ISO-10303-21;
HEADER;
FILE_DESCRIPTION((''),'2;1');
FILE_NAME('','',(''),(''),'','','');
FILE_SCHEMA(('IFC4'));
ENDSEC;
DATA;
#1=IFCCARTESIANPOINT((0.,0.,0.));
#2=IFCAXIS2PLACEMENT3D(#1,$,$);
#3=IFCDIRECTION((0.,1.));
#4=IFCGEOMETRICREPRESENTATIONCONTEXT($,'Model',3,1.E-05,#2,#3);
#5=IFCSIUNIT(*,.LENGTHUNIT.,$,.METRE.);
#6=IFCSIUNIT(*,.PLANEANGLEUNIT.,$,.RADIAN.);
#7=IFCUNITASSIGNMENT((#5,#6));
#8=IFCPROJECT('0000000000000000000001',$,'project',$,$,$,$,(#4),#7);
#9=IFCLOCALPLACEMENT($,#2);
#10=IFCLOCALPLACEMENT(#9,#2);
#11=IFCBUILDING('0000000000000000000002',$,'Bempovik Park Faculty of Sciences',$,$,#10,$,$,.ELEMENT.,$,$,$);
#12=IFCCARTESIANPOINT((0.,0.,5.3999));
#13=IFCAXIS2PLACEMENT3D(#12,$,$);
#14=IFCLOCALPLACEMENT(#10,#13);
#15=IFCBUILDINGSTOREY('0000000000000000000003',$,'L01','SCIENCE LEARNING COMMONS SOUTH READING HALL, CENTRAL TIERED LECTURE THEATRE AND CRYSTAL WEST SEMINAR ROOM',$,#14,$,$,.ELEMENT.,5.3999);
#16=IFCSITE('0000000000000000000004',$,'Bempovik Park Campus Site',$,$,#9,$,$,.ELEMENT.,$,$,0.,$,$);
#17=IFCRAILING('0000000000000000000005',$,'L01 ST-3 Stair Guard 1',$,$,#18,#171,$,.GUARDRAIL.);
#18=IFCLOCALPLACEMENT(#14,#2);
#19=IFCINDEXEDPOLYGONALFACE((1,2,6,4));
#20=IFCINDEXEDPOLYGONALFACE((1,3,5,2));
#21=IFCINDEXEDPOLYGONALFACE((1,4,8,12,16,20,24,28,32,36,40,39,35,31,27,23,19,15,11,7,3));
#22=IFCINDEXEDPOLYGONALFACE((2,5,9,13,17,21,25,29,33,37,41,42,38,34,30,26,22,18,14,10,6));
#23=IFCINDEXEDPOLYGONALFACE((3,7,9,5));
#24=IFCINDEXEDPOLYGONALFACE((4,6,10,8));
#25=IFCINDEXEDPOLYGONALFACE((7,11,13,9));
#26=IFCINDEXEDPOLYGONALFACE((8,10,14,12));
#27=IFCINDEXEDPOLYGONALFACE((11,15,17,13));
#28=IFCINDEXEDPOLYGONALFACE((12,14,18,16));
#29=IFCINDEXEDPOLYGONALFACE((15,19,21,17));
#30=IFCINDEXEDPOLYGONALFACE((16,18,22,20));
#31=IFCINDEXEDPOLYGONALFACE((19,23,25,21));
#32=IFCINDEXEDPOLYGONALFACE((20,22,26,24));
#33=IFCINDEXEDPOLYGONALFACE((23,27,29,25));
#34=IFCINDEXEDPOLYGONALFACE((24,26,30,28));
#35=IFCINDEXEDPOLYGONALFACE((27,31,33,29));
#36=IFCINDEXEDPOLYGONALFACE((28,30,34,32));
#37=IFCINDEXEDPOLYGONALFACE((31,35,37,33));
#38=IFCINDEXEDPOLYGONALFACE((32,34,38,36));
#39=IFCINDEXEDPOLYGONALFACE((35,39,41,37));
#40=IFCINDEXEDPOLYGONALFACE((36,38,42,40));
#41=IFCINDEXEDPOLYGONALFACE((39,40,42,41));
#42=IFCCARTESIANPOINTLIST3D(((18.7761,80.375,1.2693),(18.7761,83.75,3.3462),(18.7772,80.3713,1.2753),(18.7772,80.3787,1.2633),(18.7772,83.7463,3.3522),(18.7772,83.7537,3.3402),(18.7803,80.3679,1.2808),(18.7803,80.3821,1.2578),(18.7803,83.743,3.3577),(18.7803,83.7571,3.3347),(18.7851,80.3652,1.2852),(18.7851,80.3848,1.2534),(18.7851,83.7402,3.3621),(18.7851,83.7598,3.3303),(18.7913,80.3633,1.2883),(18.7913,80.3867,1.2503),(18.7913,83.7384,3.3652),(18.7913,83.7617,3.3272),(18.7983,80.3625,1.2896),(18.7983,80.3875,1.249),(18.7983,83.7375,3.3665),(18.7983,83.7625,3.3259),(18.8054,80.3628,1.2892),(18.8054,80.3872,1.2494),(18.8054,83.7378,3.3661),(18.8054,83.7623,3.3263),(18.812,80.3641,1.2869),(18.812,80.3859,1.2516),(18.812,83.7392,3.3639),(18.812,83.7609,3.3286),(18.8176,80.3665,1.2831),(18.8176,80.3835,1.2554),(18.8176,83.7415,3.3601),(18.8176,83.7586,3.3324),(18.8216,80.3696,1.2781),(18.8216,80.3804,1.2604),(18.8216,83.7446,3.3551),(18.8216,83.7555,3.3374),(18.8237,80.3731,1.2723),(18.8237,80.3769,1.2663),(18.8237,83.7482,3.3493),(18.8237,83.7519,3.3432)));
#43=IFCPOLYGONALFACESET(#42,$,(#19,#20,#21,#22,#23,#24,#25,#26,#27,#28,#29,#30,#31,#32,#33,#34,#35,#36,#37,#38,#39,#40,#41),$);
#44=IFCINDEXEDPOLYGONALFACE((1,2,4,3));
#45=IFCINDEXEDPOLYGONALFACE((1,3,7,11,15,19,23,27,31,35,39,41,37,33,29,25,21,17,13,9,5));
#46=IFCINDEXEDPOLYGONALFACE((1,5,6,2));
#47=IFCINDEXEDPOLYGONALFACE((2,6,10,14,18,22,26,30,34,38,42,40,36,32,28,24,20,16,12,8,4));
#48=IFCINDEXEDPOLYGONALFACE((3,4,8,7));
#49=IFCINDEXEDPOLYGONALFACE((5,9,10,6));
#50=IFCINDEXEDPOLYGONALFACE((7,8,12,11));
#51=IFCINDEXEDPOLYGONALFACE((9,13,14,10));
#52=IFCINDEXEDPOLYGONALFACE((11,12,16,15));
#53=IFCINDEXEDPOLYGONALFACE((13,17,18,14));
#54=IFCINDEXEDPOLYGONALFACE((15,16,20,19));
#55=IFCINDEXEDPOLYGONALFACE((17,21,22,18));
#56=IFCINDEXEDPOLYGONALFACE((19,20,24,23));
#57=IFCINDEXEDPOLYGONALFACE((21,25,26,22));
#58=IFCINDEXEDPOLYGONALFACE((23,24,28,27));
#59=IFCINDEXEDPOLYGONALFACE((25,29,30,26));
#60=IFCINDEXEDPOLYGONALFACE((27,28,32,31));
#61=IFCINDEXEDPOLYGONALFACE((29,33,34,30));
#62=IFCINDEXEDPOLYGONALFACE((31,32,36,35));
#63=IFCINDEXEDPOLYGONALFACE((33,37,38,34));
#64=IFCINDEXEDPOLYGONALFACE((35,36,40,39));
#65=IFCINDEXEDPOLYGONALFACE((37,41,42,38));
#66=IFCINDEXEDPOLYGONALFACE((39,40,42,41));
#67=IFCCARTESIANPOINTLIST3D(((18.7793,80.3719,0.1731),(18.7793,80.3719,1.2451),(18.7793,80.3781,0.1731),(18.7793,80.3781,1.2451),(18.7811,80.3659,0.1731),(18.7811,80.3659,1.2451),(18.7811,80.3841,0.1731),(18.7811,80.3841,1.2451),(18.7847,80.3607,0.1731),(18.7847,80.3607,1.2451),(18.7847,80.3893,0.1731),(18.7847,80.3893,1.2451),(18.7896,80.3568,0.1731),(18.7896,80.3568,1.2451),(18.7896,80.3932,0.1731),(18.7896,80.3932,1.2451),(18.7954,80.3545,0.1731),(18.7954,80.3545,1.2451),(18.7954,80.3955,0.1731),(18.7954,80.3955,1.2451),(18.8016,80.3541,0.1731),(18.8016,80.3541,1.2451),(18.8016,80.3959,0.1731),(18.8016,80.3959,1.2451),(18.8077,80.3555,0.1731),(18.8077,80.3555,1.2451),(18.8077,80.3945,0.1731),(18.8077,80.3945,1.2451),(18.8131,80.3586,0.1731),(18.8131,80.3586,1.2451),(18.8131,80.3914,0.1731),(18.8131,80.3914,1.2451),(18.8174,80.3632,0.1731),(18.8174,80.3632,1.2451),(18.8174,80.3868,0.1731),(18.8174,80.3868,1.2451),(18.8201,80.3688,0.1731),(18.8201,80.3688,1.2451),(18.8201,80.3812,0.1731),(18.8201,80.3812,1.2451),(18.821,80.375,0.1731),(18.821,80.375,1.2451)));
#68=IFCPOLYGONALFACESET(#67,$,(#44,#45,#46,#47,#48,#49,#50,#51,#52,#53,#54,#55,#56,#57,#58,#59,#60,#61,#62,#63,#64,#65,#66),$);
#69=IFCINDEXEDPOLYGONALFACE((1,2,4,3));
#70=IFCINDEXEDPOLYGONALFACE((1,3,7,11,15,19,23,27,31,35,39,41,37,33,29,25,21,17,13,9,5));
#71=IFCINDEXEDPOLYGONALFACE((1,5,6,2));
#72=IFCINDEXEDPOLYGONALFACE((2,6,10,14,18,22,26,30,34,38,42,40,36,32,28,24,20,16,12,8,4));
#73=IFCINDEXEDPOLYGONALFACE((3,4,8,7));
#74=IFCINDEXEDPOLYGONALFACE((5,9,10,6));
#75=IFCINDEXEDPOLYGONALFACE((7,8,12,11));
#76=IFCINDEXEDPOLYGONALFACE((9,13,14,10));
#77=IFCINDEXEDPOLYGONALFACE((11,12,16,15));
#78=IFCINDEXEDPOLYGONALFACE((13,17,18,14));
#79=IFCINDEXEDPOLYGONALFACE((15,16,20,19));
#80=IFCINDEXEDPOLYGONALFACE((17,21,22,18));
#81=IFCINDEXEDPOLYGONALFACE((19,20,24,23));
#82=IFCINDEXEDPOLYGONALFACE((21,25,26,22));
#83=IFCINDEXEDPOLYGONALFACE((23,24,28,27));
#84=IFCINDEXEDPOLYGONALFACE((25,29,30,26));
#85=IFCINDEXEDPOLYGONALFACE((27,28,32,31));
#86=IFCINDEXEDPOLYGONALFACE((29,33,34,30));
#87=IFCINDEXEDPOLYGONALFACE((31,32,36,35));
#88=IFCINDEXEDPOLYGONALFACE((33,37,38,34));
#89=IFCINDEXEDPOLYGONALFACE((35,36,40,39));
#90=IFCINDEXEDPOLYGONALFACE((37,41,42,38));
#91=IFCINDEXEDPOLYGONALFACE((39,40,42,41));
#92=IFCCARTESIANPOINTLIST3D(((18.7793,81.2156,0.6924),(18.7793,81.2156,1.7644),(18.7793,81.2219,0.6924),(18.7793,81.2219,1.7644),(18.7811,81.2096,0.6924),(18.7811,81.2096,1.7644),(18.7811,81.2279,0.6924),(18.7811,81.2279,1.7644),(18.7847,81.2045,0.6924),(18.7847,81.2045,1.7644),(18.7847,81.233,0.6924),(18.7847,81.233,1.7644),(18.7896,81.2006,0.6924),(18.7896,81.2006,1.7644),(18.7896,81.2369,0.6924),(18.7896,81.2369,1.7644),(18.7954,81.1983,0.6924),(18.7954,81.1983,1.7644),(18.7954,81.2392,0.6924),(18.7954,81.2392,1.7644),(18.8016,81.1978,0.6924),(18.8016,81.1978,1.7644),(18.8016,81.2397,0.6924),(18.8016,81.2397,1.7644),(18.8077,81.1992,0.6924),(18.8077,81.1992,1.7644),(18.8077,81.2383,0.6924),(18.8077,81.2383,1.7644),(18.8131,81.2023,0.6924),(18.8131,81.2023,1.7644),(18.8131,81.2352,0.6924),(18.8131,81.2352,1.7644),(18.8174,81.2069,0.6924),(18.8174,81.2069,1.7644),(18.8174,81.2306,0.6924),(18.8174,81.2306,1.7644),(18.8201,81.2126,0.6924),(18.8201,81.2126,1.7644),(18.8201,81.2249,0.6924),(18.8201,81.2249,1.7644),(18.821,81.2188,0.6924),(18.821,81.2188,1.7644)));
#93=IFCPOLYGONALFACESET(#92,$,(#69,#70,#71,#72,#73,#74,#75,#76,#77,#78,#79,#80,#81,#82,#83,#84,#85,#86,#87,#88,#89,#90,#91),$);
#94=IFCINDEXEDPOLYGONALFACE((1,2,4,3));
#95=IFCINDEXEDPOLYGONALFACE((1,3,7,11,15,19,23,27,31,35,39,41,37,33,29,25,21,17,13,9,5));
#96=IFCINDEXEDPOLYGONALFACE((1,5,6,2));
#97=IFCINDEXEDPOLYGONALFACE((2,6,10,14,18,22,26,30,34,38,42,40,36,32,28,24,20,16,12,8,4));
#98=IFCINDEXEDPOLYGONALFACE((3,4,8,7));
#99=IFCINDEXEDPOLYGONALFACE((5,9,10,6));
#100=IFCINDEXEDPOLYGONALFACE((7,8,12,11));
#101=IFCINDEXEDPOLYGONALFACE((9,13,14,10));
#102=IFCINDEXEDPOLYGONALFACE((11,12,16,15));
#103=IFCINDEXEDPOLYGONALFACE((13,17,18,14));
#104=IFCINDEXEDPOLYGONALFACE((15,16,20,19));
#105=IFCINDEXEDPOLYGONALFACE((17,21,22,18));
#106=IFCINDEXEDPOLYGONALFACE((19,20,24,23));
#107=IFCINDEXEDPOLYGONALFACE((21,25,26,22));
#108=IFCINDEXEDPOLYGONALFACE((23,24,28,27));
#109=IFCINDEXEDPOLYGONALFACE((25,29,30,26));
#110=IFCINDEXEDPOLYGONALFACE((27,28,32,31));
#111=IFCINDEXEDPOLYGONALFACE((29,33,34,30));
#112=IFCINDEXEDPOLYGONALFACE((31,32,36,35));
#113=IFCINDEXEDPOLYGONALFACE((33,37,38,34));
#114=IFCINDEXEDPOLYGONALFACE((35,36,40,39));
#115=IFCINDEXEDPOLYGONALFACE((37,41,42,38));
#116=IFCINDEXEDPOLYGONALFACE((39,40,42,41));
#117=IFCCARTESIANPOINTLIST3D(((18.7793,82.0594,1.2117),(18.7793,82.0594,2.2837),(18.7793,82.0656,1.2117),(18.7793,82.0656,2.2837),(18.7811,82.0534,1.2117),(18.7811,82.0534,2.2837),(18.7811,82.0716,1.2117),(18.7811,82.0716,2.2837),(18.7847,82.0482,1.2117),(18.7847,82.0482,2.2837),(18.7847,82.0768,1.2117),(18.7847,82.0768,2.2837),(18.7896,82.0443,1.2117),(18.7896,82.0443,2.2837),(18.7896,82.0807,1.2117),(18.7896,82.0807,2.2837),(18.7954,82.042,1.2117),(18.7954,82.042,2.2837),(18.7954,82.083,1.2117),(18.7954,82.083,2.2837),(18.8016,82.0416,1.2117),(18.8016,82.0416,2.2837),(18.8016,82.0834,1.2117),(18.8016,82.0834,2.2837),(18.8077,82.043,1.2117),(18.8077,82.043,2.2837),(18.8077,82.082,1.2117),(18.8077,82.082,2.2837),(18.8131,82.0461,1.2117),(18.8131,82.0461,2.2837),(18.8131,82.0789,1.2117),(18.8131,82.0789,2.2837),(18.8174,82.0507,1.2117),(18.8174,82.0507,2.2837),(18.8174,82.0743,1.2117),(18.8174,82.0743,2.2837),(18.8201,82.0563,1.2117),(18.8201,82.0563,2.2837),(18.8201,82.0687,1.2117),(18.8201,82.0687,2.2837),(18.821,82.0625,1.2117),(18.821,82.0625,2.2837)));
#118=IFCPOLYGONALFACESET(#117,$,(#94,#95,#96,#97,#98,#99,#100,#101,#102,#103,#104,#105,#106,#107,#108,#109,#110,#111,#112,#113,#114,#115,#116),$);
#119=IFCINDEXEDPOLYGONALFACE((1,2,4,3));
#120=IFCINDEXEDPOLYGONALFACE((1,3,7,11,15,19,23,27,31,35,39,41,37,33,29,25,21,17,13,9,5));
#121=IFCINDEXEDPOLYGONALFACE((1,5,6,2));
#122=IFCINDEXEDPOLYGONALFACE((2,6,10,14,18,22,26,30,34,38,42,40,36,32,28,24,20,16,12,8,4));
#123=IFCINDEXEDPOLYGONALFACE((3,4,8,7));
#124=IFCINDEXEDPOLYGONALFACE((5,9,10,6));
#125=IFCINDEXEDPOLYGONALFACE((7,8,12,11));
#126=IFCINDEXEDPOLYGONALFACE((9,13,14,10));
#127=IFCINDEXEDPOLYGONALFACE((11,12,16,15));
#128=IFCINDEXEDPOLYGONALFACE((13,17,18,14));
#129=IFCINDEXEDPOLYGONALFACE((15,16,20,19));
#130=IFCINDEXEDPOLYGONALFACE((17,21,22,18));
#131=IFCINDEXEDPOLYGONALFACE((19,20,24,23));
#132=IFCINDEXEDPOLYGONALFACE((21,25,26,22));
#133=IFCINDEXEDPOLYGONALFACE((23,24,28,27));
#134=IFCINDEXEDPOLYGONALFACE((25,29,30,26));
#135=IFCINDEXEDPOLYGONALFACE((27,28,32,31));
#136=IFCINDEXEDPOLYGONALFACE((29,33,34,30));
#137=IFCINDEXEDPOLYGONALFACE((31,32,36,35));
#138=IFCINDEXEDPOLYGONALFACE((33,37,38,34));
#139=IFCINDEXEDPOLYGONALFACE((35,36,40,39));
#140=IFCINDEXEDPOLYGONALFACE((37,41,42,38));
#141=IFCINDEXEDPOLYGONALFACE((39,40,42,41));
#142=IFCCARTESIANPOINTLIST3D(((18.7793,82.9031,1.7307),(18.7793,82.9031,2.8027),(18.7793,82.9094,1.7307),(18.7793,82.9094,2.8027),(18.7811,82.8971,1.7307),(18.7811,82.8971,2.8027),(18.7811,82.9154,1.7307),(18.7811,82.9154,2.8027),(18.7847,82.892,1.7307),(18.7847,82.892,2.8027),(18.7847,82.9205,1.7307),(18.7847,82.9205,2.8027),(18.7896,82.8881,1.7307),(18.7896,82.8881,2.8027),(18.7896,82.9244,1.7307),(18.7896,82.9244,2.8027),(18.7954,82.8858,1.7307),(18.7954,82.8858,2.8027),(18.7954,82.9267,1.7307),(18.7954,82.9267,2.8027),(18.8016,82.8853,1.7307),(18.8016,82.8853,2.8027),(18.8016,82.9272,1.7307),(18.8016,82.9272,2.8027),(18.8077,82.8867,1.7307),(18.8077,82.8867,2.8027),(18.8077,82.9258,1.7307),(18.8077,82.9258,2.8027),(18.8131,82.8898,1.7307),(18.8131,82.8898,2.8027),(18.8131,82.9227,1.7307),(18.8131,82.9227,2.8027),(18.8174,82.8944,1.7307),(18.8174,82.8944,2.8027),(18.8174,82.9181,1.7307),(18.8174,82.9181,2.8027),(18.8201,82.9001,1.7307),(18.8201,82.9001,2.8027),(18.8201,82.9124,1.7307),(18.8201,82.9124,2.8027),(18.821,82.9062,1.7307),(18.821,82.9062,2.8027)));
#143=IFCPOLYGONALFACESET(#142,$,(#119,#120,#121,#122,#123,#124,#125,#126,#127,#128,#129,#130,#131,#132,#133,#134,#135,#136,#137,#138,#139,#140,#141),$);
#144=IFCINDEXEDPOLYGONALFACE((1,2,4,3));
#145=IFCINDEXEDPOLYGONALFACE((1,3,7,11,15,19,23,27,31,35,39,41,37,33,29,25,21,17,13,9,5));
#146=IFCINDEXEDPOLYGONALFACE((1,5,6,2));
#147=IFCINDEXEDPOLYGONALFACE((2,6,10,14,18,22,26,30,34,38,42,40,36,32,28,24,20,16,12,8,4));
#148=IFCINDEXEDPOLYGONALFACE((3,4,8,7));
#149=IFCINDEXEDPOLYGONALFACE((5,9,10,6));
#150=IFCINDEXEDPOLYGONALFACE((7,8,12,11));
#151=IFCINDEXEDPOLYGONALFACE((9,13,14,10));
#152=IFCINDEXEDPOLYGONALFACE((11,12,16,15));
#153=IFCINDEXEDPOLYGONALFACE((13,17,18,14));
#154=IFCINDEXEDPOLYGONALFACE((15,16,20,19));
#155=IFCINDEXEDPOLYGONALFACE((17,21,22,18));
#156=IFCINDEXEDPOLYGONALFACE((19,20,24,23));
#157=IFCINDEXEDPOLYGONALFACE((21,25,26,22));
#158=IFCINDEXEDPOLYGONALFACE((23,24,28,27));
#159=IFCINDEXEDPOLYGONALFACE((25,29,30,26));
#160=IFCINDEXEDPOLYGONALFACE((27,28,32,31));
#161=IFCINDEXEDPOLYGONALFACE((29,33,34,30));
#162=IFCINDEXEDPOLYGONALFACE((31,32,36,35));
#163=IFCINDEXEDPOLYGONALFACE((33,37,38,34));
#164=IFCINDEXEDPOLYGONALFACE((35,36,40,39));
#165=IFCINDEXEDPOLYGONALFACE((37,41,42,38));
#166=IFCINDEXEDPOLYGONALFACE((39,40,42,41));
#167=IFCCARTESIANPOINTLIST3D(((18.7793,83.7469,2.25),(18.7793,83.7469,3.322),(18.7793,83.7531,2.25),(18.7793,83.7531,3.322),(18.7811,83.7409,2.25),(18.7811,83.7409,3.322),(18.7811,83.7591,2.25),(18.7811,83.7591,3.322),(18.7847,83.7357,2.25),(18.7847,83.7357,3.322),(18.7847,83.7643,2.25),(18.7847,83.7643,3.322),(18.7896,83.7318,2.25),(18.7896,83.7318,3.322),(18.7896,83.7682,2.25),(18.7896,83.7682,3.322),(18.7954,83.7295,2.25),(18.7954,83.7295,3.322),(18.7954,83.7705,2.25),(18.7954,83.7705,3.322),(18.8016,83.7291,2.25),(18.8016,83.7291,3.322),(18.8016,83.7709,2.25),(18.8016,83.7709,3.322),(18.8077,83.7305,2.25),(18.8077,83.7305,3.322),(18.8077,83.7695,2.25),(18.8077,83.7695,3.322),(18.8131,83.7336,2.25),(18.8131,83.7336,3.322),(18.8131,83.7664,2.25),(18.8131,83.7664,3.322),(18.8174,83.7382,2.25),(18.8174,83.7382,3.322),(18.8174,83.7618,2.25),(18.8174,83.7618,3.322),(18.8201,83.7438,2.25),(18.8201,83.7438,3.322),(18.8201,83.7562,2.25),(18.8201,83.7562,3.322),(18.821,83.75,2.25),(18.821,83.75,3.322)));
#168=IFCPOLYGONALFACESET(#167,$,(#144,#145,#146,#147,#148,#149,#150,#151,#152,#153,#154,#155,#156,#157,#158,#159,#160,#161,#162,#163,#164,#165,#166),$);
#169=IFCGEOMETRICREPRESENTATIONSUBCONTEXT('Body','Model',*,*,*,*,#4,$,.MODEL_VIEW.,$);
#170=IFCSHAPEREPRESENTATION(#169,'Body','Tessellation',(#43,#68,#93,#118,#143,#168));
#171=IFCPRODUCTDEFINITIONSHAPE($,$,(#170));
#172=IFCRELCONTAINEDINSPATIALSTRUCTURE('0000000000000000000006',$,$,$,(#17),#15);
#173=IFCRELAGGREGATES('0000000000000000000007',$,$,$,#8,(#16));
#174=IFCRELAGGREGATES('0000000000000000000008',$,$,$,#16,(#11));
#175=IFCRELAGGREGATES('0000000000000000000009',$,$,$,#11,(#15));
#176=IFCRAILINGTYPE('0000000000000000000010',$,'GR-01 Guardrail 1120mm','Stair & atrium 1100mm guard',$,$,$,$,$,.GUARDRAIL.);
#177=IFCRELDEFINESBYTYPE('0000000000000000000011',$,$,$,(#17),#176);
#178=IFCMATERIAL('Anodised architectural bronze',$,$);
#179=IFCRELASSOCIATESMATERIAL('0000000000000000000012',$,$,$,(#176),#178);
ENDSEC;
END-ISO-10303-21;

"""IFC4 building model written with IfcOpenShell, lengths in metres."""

from ifc_helpers import new_model, si_unit, direction, frame, origin, origin_2d, place, context, subcontext, project, spatial, circle, extrude, material, type_object, element, save


model = new_model("IFC4")

# Units and contexts
model_context = context("Model", 3, precision=1e-05, world=origin(), true_north=direction((0.0, 1.0)))
body_context = subcontext(model_context, "Body", "Model", "MODEL_VIEW")
ifc_project = project(units=[si_unit("LENGTHUNIT", "METRE"), si_unit("PLANEANGLEUNIT", "RADIAN")], contexts=[model_context])

# Site, building, storey
site_placement = place(None, origin())
site = spatial("IfcSite", under=ifc_project, at=site_placement, Name="Bempovik Park Campus Site", CompositionType="ELEMENT", RefElevation=0.0)
building_placement = place(site_placement, origin())
building = spatial("IfcBuilding", under=site, at=building_placement, Name="Bempovik Park Faculty of Sciences", CompositionType="ELEMENT")
storey_placement = place(building_placement, frame((0.0, 0.0, 5.3999)))
storey = spatial("IfcBuildingStorey", under=building, at=storey_placement, Name="L01", Description="SCIENCE LEARNING COMMONS SOUTH READING HALL, CENTRAL TIERED LECTURE THEATRE AND CRYSTAL WEST SEMINAR ROOM", CompositionType="ELEMENT", Elevation=5.3999)

# Railing
ifc_material_1 = material(Name="Anodised architectural bronze")
railing_type_1 = type_object("IfcRailingType", Name="GR-01 Guardrail 1120mm", Description="Stair & atrium 1100mm guard", PredefinedType="GUARDRAIL", material=ifc_material_1)
railing_1_placement = place(storey_placement, frame((18.8, 80.375, 0.1731)))
element("IfcRailing", 1, at=railing_1_placement, inside=storey, type_object=railing_type_1, Name="L01 ST-3 Stair Guard 1", PredefinedType="GUARDRAIL", context=body_context, shape_type="SweptSolid", body=[
    extrude(circle(Radius=0.0239, at=origin_2d()), frame((0.0, 0.0, 1.0962), z_axis=(0.0, 0.85166, 0.524094), x_axis=(-1.0, 0.0, 0.0)), (0.0, 0.0, 1.0), 3.9629),
    extrude(circle(Radius=0.021, at=origin_2d()), origin(), (0.0, 0.0, 1.0), 1.072),
    extrude(circle(Radius=0.021, at=origin_2d()), frame((0.0, 0.8438, 0.5193)), (0.0, 0.0, 1.0), 1.072),
    extrude(circle(Radius=0.021, at=origin_2d()), frame((0.0, 1.6875, 1.0386)), (0.0, 0.0, 1.0), 1.072),
    extrude(circle(Radius=0.021, at=origin_2d()), frame((0.0, 2.5312, 1.5576)), (0.0, 0.0, 1.0), 1.072),
    extrude(circle(Radius=0.021, at=origin_2d()), frame((0.0, 3.375, 2.0769)), (0.0, 0.0, 1.0), 1.072),
])

save(model, "model.ifc")
